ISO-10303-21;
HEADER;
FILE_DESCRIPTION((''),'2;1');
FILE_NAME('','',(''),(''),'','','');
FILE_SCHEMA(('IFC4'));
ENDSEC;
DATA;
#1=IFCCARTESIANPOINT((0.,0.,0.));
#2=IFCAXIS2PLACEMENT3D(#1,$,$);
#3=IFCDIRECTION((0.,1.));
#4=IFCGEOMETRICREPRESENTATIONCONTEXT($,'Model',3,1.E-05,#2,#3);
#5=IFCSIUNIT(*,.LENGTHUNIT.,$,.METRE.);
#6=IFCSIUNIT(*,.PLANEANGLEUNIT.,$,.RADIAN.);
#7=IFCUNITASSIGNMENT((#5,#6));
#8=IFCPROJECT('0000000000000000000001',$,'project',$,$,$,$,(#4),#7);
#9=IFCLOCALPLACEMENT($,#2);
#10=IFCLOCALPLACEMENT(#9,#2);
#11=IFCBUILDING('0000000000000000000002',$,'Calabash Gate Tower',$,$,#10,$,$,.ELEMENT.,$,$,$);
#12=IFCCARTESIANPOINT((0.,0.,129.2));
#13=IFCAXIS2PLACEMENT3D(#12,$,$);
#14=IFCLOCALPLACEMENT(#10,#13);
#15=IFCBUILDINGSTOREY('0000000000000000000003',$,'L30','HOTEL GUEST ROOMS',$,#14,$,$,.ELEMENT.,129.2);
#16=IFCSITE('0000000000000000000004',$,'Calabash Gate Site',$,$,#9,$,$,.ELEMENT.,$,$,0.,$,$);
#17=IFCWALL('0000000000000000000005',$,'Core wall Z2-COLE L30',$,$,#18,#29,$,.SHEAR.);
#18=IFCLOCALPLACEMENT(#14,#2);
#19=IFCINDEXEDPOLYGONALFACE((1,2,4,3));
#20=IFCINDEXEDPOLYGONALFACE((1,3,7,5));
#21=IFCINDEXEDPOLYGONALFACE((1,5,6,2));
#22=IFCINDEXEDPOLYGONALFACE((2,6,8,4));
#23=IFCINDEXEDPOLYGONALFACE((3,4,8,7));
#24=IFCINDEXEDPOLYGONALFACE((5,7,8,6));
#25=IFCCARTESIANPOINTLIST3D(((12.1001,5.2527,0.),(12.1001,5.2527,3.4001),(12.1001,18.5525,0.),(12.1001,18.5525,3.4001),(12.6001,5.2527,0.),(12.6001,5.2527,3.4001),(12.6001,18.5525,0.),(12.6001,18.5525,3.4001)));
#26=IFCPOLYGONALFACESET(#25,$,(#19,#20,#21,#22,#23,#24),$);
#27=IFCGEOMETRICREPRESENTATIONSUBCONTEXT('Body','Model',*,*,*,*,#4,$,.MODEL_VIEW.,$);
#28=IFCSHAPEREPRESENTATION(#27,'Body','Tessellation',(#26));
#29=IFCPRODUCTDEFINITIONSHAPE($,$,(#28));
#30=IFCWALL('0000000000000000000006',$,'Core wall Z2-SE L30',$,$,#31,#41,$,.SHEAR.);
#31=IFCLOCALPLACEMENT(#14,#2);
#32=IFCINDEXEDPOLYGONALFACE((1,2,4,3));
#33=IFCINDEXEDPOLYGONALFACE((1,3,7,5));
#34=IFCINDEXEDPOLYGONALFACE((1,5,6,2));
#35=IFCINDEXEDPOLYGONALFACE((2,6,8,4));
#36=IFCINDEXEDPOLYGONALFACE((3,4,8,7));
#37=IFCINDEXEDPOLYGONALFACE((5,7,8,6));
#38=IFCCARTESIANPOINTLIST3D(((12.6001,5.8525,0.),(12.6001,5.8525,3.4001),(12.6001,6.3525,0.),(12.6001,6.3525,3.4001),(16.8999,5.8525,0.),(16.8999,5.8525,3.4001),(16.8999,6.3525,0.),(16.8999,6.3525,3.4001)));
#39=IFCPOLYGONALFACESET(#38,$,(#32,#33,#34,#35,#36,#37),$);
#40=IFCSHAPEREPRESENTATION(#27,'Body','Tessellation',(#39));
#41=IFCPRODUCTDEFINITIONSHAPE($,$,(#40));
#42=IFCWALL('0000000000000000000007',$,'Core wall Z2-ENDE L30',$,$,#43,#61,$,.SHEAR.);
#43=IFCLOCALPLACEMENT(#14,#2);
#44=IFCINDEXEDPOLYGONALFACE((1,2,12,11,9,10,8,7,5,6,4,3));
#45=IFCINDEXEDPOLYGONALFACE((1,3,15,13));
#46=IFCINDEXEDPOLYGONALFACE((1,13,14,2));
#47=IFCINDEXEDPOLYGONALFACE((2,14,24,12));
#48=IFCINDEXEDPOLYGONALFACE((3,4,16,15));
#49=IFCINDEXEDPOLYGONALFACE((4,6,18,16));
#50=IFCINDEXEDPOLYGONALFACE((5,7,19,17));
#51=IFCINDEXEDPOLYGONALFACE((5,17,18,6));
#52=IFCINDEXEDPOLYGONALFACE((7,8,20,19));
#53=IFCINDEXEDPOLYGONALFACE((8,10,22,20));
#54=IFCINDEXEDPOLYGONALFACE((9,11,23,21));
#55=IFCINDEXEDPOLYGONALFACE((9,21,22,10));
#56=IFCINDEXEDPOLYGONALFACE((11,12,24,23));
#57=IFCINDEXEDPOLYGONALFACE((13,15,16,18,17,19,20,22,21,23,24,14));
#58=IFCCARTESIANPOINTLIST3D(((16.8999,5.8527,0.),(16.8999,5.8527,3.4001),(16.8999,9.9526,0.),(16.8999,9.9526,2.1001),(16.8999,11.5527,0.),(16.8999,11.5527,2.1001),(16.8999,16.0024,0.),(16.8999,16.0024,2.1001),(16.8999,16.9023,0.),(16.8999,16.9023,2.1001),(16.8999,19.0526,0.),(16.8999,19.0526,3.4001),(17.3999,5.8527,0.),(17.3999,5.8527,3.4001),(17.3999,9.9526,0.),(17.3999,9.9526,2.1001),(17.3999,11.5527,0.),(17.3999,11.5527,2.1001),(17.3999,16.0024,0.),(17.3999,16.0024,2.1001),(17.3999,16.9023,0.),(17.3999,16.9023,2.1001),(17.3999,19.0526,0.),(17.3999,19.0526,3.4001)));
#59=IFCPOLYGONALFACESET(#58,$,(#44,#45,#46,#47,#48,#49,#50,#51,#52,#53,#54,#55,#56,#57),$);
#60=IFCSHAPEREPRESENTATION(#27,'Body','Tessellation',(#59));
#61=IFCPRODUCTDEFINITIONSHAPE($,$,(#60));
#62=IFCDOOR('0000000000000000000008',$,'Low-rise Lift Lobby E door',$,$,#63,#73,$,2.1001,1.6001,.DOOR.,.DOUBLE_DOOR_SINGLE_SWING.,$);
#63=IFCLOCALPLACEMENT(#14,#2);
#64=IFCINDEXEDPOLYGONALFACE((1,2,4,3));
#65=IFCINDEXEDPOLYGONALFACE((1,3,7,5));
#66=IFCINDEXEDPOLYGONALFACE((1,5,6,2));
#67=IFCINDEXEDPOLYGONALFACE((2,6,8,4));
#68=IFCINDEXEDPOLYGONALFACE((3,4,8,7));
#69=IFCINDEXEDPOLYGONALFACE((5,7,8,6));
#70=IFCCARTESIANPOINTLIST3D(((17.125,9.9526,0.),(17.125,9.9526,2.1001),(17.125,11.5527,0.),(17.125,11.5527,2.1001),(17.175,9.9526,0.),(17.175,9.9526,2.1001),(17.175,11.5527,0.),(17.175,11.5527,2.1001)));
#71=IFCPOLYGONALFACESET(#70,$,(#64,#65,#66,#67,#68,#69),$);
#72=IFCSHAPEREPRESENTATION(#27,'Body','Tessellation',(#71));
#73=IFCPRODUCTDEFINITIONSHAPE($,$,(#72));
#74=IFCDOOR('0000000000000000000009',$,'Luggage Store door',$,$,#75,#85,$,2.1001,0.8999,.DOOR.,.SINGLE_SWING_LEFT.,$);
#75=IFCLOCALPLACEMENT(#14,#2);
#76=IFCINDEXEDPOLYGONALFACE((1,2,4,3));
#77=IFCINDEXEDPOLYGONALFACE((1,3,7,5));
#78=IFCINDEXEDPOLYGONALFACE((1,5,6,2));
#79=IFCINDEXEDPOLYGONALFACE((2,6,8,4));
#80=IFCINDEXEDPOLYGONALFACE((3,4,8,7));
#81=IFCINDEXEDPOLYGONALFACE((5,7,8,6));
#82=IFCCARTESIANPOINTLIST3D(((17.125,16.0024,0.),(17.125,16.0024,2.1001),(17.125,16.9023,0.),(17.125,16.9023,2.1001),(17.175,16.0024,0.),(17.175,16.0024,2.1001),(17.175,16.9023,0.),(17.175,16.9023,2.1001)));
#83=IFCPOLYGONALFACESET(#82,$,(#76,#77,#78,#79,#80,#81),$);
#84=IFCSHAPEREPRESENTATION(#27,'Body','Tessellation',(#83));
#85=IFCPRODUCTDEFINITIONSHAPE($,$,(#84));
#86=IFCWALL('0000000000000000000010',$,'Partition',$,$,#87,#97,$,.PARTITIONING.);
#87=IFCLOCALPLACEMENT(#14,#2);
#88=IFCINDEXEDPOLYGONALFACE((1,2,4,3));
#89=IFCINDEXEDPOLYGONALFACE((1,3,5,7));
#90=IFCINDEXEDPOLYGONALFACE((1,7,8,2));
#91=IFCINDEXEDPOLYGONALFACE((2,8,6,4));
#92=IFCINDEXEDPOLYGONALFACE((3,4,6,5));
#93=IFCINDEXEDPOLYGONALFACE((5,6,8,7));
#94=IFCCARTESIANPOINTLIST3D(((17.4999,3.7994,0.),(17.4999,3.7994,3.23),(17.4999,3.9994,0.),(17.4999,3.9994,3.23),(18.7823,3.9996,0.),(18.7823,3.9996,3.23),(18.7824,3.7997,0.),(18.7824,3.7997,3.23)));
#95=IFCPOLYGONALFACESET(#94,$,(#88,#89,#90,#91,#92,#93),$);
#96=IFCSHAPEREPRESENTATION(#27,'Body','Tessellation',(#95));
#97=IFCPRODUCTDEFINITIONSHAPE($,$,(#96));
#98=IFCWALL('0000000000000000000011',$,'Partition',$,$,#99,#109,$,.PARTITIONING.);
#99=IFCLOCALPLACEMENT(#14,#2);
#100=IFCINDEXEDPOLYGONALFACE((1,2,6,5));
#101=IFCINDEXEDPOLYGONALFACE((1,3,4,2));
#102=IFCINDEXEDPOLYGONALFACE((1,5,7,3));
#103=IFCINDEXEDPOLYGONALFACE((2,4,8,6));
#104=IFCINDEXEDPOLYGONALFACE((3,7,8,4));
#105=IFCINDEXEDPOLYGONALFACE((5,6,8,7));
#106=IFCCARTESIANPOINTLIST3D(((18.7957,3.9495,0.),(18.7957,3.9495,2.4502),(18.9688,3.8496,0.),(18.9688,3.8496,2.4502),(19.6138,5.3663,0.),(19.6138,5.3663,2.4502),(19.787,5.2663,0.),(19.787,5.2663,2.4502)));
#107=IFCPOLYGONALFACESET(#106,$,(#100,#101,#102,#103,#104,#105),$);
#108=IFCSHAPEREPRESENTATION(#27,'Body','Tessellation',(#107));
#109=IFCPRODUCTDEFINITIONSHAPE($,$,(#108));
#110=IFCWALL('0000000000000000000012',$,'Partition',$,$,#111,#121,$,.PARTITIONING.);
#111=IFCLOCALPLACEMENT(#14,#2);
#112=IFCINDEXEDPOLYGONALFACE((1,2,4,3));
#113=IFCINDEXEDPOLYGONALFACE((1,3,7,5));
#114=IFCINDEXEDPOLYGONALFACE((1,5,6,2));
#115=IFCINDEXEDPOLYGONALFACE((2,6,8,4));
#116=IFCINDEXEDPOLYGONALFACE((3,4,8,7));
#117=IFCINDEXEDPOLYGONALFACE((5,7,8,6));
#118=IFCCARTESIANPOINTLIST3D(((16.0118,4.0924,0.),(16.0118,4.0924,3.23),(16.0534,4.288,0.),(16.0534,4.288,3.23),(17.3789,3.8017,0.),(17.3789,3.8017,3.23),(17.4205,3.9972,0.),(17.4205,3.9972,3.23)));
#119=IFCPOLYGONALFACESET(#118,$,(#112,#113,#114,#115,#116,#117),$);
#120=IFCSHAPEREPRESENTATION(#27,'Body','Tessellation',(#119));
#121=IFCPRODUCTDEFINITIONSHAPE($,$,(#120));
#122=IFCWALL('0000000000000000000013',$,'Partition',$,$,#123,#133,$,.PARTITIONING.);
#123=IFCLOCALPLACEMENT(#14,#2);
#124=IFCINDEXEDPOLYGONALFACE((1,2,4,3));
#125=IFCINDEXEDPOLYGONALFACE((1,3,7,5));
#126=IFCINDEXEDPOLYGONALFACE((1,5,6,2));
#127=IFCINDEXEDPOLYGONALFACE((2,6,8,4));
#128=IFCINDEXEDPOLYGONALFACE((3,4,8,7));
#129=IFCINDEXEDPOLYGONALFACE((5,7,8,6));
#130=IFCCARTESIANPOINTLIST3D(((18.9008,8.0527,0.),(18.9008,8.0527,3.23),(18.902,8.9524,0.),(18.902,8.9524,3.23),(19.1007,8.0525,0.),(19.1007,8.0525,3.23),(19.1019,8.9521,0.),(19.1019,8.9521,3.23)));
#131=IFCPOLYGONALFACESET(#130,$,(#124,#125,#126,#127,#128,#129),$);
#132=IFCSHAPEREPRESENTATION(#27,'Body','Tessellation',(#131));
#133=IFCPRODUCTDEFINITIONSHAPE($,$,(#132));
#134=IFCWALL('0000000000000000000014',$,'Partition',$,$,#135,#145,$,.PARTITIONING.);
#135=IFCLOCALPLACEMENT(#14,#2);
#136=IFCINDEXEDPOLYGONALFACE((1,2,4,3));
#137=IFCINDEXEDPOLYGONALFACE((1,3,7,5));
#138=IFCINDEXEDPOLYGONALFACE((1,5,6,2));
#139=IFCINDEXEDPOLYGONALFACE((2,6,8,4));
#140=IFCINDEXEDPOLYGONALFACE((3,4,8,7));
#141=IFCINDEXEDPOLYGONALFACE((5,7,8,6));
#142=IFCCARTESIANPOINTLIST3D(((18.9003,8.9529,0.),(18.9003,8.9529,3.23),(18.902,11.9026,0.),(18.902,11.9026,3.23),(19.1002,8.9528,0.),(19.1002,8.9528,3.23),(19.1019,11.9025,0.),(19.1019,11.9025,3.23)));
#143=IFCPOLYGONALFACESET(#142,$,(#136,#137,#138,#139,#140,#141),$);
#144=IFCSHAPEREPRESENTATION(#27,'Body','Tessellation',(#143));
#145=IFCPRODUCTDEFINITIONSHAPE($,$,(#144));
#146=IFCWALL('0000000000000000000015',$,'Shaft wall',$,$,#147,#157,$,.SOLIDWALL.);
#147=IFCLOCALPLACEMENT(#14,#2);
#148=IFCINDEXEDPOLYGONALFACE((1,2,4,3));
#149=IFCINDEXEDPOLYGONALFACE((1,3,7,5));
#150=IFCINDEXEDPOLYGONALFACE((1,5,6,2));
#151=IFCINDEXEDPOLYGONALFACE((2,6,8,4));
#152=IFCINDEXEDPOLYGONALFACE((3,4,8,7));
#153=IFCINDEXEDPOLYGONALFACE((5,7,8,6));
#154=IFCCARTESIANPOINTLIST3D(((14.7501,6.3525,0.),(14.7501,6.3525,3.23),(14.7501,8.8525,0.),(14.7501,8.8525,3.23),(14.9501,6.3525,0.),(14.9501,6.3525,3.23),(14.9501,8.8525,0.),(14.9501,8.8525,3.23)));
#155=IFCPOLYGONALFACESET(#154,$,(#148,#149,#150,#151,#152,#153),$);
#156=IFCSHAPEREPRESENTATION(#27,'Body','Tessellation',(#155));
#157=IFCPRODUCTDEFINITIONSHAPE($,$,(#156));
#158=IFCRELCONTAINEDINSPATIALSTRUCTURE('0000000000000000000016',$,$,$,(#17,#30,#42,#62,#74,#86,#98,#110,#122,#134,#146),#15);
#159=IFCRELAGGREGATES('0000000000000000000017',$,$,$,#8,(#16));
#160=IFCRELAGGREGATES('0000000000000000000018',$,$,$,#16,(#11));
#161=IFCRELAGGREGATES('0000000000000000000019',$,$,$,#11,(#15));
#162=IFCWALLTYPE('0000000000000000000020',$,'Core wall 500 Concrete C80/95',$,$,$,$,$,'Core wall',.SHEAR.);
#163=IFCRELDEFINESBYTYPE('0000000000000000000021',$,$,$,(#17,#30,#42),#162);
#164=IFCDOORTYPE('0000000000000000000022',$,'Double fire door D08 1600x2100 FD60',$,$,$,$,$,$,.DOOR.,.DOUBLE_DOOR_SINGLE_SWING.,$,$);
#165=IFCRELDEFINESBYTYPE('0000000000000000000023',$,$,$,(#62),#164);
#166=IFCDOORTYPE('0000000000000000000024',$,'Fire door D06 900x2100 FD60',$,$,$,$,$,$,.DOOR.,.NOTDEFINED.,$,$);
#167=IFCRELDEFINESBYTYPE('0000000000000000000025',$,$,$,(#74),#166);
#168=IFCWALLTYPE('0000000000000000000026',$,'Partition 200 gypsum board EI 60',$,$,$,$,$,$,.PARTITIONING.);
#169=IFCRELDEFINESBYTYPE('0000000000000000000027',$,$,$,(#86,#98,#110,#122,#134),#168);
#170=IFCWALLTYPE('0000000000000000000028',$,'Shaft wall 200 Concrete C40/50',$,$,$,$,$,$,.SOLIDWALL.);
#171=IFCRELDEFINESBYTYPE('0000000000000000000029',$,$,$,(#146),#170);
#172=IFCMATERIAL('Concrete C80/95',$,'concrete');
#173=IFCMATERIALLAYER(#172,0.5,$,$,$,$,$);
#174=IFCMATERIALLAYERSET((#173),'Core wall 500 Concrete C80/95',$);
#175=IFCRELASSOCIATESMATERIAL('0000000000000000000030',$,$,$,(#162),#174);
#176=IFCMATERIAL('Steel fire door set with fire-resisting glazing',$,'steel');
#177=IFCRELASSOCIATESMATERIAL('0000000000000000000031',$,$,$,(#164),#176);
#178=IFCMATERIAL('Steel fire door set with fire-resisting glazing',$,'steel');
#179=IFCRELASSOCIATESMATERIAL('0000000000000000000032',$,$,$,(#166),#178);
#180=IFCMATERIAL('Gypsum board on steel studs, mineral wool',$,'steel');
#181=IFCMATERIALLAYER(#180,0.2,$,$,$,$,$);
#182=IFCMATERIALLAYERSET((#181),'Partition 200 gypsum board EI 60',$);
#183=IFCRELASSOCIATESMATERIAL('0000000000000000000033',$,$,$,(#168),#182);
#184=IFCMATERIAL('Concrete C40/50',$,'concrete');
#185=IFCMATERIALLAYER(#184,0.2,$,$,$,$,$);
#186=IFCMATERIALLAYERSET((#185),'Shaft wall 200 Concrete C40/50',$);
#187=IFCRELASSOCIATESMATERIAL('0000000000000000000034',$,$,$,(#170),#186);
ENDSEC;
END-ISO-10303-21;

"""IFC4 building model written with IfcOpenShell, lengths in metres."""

from ifc_helpers import new_model, si_unit, direction, frame, frame_2d, origin, place, context, subcontext, project, spatial, rectangle, extrude, material, layer, layer_set, type_object, element, fill, save


model = new_model("IFC4")

# Units and contexts
model_context = context("Model", 3, precision=1e-05, world=origin(), true_north=direction((0.0, 1.0)))
body_context = subcontext(model_context, "Body", "Model", "MODEL_VIEW")
ifc_project = project(units=[si_unit("LENGTHUNIT", "METRE"), si_unit("PLANEANGLEUNIT", "RADIAN")], contexts=[model_context])

# Site, building, storey
site_placement = place(None, origin())
site = spatial("IfcSite", under=ifc_project, at=site_placement, Name="Calabash Gate Site", CompositionType="ELEMENT", RefElevation=0.0)
building_placement = place(site_placement, origin())
building = spatial("IfcBuilding", under=site, at=building_placement, Name="Calabash Gate Tower", CompositionType="ELEMENT")
storey_placement = place(building_placement, frame((0.0, 0.0, 129.2)))
storey = spatial("IfcBuildingStorey", under=building, at=storey_placement, Name="L30", Description="HOTEL GUEST ROOMS", CompositionType="ELEMENT", Elevation=129.2)

# Walls
ifc_material_1 = material(Name="Concrete C80/95", Category="concrete")
ifc_layer_1 = layer(ifc_material_1, 0.5)
ifc_layer_set_1 = layer_set([ifc_layer_1], Name="Core wall 500 Concrete C80/95")
wall_type_1 = type_object("IfcWallType", Name="Core wall 500 Concrete C80/95", ElementType="Core wall", PredefinedType="SHEAR", material=ifc_layer_set_1)
wall_1_placement = place(storey_placement, frame((12.3501, 5.2527, 0.0), z_axis=(0.0, 0.0, 1.0), x_axis=(0.0, 1.0, 0.0)))
element("IfcWall", 1, at=wall_1_placement, inside=storey, type_object=wall_type_1, Name="Core wall Z2-COLE L30", PredefinedType="SHEAR", context=body_context, shape_type="SweptSolid", body=[
    extrude(rectangle(XDim=13.2998, YDim=0.5, at=frame_2d((6.6499, 0.0))), origin(), (0.0, 0.0, 1.0), 3.4001),
])
wall_2_placement = place(storey_placement, frame((12.6001, 6.1025, 0.0), z_axis=(0.0, 0.0, 1.0), x_axis=(1.0, 0.0, 0.0)))
element("IfcWall", 2, at=wall_2_placement, inside=storey, type_object=wall_type_1, Name="Core wall Z2-SE L30", PredefinedType="SHEAR", context=body_context, shape_type="SweptSolid", body=[
    extrude(rectangle(XDim=4.2998, YDim=0.5, at=frame_2d((2.1499, 0.0))), origin(), (0.0, 0.0, 1.0), 3.4001),
])

# Wall, openings, doors
wall_3_placement = place(storey_placement, frame((17.1499, 5.8525, 0.0), z_axis=(0.0, 0.0, 1.0), x_axis=(0.0, 1.0, 0.0)))
wall_3 = element("IfcWall", 3, at=wall_3_placement, inside=storey, type_object=wall_type_1, Name="Core wall Z2-ENDE L30", PredefinedType="SHEAR", context=body_context, shape_type="SweptSolid", body=[
    extrude(rectangle(XDim=13.2, YDim=0.5, at=frame_2d((6.6001, 0.0))), origin(), (0.0, 0.0, 1.0), 3.4001),
])
opening_1_placement = place(wall_3_placement, frame((4.1001, 0.0, 0.0)))
opening_1 = element("IfcOpeningElement", 4, at=opening_1_placement, cuts=wall_3, PredefinedType="OPENING", context=body_context, shape_type="SweptSolid", body=[
    extrude(rectangle(XDim=1.6001, YDim=2.1001, at=frame_2d((0.8, 1.05))), frame((0.0, 0.26, 0.0), z_axis=(0.0, -1.0, 0.0), x_axis=(1.0, 0.0, 0.0)), (0.0, 0.0, 1.0), 0.52),
])
opening_2_placement = place(wall_3_placement, frame((10.1499, 0.0, 0.0)))
opening_2 = element("IfcOpeningElement", 5, at=opening_2_placement, cuts=wall_3, PredefinedType="OPENING", context=body_context, shape_type="SweptSolid", body=[
    extrude(rectangle(XDim=0.8999, YDim=2.1001, at=frame_2d((0.45, 1.05))), frame((0.0, 0.26, 0.0), z_axis=(0.0, -1.0, 0.0), x_axis=(1.0, 0.0, 0.0)), (0.0, 0.0, 1.0), 0.52),
])
ifc_material_2 = material(Name="Steel fire door set with fire-resisting glazing", Category="steel")
door_type_1 = type_object("IfcDoorType", Name="Double fire door D08 1600x2100 FD60", OperationType="DOUBLE_DOOR_SINGLE_SWING", PredefinedType="DOOR", material=ifc_material_2)
door_1_placement = place(opening_1_placement, origin())
door_1 = element("IfcDoor", 6, at=door_1_placement, inside=storey, type_object=door_type_1, Name="Low-rise Lift Lobby E door", OperationType="DOUBLE_DOOR_SINGLE_SWING", OverallHeight=2.1001, OverallWidth=1.6001, PredefinedType="DOOR", context=body_context, shape_type="SweptSolid", body=[
    extrude(rectangle(XDim=1.6001, YDim=2.1001, at=frame_2d((0.8, 1.05))), frame((0.0, 0.0249, 0.0), z_axis=(0.0, -1.0, 0.0), x_axis=(1.0, 0.0, 0.0)), (0.0, 0.0, 1.0), 0.05),
])
fill(opening_1, door_1)
ifc_material_3 = material(Name="Steel fire door set with fire-resisting glazing", Category="steel")
door_type_2 = type_object("IfcDoorType", Name="Fire door D06 900x2100 FD60", OperationType="NOTDEFINED", PredefinedType="DOOR", material=ifc_material_3)
door_2_placement = place(opening_2_placement, origin())
door_2 = element("IfcDoor", 7, at=door_2_placement, inside=storey, type_object=door_type_2, Name="Luggage Store door", OperationType="SINGLE_SWING_LEFT", OverallHeight=2.1001, OverallWidth=0.8999, PredefinedType="DOOR", context=body_context, shape_type="SweptSolid", body=[
    extrude(rectangle(XDim=0.8999, YDim=2.1001, at=frame_2d((0.45, 1.05))), frame((0.0, 0.0249, 0.0), z_axis=(0.0, -1.0, 0.0), x_axis=(1.0, 0.0, 0.0)), (0.0, 0.0, 1.0), 0.05),
])
fill(opening_2, door_2)

# Walls
ifc_material_4 = material(Name="Gypsum board on steel studs, mineral wool", Category="steel")
ifc_layer_2 = layer(ifc_material_4, 0.2)
ifc_layer_set_2 = layer_set([ifc_layer_2], Name="Partition 200 gypsum board EI 60")
wall_type_2 = type_object("IfcWallType", Name="Partition 200 gypsum board EI 60", PredefinedType="PARTITIONING", material=ifc_layer_set_2)
wall_4_placement = place(storey_placement, frame((17.5, 3.8994, 0.0), z_axis=(0.0, 0.0, 1.0), x_axis=(1.0, 0.00019, 0.0)))
element("IfcWall", 8, at=wall_4_placement, inside=storey, type_object=wall_type_2, Name="Partition", PredefinedType="PARTITIONING", context=body_context, shape_type="SweptSolid", body=[
    extrude(rectangle(XDim=1.2825, YDim=0.2, at=frame_2d((0.6411, 0.0))), origin(), (0.0, 0.0, 1.0), 3.23),
])
wall_5_placement = place(storey_placement, frame((18.8823, 3.8997, 0.0), z_axis=(0.0, 0.0, 1.0), x_axis=(0.500071, 0.865984, 0.0)))
element("IfcWall", 9, at=wall_5_placement, inside=storey, type_object=wall_type_2, Name="Partition", PredefinedType="PARTITIONING", context=body_context, shape_type="SweptSolid", body=[
    extrude(rectangle(XDim=1.636, YDim=0.2, at=frame_2d((0.8179, 0.0))), origin(), (0.0, 0.0, 1.0), 2.4502),
])
wall_6_placement = place(storey_placement, frame((16.0327, 4.1902, 0.0), z_axis=(0.0, 0.0, 1.0), x_axis=(0.978123, -0.208026, 0.0)))
element("IfcWall", 10, at=wall_6_placement, inside=storey, type_object=wall_type_2, Name="Partition", PredefinedType="PARTITIONING", context=body_context, shape_type="SweptSolid", body=[
    extrude(rectangle(XDim=1.3977, YDim=0.2, at=frame_2d((0.6987, 0.0))), origin(), (0.0, 0.0, 1.0), 3.23),
])
wall_7_placement = place(storey_placement, frame((19.0007, 8.0527, 0.0), z_axis=(0.0, 0.0, 1.0), x_axis=(0.001357, 0.999999, 0.0)))
element("IfcWall", 11, at=wall_7_placement, inside=storey, type_object=wall_type_2, Name="Partition", PredefinedType="PARTITIONING", context=body_context, shape_type="SweptSolid", body=[
    extrude(rectangle(XDim=0.8997, YDim=0.2, at=frame_2d((0.4497, 0.0))), origin(), (0.0, 0.0, 1.0), 3.23),
])
wall_8_placement = place(storey_placement, frame((19.0002, 8.9529, 0.0), z_axis=(0.0, 0.0, 1.0), x_axis=(0.000579, 1.0, 0.0)))
element("IfcWall", 12, at=wall_8_placement, inside=storey, type_object=wall_type_2, Name="Partition", PredefinedType="PARTITIONING", context=body_context, shape_type="SweptSolid", body=[
    extrude(rectangle(XDim=2.9497, YDim=0.2, at=frame_2d((1.4749, 0.0))), origin(), (0.0, 0.0, 1.0), 3.23),
])
ifc_material_5 = material(Name="Concrete C40/50", Category="concrete")
ifc_layer_3 = layer(ifc_material_5, 0.2)
ifc_layer_set_3 = layer_set([ifc_layer_3], Name="Shaft wall 200 Concrete C40/50")
wall_type_3 = type_object("IfcWallType", Name="Shaft wall 200 Concrete C40/50", PredefinedType="SOLIDWALL", material=ifc_layer_set_3)
wall_9_placement = place(storey_placement, frame((14.8501, 6.3525, 0.0), z_axis=(0.0, 0.0, 1.0), x_axis=(0.0, 1.0, 0.0)))
element("IfcWall", 13, at=wall_9_placement, inside=storey, type_object=wall_type_3, Name="Shaft wall", PredefinedType="SOLIDWALL", context=body_context, shape_type="SweptSolid", body=[
    extrude(rectangle(XDim=2.5, YDim=0.2, at=frame_2d((1.25, 0.0))), origin(), (0.0, 0.0, 1.0), 3.23),
])

save(model, "model.ifc")
